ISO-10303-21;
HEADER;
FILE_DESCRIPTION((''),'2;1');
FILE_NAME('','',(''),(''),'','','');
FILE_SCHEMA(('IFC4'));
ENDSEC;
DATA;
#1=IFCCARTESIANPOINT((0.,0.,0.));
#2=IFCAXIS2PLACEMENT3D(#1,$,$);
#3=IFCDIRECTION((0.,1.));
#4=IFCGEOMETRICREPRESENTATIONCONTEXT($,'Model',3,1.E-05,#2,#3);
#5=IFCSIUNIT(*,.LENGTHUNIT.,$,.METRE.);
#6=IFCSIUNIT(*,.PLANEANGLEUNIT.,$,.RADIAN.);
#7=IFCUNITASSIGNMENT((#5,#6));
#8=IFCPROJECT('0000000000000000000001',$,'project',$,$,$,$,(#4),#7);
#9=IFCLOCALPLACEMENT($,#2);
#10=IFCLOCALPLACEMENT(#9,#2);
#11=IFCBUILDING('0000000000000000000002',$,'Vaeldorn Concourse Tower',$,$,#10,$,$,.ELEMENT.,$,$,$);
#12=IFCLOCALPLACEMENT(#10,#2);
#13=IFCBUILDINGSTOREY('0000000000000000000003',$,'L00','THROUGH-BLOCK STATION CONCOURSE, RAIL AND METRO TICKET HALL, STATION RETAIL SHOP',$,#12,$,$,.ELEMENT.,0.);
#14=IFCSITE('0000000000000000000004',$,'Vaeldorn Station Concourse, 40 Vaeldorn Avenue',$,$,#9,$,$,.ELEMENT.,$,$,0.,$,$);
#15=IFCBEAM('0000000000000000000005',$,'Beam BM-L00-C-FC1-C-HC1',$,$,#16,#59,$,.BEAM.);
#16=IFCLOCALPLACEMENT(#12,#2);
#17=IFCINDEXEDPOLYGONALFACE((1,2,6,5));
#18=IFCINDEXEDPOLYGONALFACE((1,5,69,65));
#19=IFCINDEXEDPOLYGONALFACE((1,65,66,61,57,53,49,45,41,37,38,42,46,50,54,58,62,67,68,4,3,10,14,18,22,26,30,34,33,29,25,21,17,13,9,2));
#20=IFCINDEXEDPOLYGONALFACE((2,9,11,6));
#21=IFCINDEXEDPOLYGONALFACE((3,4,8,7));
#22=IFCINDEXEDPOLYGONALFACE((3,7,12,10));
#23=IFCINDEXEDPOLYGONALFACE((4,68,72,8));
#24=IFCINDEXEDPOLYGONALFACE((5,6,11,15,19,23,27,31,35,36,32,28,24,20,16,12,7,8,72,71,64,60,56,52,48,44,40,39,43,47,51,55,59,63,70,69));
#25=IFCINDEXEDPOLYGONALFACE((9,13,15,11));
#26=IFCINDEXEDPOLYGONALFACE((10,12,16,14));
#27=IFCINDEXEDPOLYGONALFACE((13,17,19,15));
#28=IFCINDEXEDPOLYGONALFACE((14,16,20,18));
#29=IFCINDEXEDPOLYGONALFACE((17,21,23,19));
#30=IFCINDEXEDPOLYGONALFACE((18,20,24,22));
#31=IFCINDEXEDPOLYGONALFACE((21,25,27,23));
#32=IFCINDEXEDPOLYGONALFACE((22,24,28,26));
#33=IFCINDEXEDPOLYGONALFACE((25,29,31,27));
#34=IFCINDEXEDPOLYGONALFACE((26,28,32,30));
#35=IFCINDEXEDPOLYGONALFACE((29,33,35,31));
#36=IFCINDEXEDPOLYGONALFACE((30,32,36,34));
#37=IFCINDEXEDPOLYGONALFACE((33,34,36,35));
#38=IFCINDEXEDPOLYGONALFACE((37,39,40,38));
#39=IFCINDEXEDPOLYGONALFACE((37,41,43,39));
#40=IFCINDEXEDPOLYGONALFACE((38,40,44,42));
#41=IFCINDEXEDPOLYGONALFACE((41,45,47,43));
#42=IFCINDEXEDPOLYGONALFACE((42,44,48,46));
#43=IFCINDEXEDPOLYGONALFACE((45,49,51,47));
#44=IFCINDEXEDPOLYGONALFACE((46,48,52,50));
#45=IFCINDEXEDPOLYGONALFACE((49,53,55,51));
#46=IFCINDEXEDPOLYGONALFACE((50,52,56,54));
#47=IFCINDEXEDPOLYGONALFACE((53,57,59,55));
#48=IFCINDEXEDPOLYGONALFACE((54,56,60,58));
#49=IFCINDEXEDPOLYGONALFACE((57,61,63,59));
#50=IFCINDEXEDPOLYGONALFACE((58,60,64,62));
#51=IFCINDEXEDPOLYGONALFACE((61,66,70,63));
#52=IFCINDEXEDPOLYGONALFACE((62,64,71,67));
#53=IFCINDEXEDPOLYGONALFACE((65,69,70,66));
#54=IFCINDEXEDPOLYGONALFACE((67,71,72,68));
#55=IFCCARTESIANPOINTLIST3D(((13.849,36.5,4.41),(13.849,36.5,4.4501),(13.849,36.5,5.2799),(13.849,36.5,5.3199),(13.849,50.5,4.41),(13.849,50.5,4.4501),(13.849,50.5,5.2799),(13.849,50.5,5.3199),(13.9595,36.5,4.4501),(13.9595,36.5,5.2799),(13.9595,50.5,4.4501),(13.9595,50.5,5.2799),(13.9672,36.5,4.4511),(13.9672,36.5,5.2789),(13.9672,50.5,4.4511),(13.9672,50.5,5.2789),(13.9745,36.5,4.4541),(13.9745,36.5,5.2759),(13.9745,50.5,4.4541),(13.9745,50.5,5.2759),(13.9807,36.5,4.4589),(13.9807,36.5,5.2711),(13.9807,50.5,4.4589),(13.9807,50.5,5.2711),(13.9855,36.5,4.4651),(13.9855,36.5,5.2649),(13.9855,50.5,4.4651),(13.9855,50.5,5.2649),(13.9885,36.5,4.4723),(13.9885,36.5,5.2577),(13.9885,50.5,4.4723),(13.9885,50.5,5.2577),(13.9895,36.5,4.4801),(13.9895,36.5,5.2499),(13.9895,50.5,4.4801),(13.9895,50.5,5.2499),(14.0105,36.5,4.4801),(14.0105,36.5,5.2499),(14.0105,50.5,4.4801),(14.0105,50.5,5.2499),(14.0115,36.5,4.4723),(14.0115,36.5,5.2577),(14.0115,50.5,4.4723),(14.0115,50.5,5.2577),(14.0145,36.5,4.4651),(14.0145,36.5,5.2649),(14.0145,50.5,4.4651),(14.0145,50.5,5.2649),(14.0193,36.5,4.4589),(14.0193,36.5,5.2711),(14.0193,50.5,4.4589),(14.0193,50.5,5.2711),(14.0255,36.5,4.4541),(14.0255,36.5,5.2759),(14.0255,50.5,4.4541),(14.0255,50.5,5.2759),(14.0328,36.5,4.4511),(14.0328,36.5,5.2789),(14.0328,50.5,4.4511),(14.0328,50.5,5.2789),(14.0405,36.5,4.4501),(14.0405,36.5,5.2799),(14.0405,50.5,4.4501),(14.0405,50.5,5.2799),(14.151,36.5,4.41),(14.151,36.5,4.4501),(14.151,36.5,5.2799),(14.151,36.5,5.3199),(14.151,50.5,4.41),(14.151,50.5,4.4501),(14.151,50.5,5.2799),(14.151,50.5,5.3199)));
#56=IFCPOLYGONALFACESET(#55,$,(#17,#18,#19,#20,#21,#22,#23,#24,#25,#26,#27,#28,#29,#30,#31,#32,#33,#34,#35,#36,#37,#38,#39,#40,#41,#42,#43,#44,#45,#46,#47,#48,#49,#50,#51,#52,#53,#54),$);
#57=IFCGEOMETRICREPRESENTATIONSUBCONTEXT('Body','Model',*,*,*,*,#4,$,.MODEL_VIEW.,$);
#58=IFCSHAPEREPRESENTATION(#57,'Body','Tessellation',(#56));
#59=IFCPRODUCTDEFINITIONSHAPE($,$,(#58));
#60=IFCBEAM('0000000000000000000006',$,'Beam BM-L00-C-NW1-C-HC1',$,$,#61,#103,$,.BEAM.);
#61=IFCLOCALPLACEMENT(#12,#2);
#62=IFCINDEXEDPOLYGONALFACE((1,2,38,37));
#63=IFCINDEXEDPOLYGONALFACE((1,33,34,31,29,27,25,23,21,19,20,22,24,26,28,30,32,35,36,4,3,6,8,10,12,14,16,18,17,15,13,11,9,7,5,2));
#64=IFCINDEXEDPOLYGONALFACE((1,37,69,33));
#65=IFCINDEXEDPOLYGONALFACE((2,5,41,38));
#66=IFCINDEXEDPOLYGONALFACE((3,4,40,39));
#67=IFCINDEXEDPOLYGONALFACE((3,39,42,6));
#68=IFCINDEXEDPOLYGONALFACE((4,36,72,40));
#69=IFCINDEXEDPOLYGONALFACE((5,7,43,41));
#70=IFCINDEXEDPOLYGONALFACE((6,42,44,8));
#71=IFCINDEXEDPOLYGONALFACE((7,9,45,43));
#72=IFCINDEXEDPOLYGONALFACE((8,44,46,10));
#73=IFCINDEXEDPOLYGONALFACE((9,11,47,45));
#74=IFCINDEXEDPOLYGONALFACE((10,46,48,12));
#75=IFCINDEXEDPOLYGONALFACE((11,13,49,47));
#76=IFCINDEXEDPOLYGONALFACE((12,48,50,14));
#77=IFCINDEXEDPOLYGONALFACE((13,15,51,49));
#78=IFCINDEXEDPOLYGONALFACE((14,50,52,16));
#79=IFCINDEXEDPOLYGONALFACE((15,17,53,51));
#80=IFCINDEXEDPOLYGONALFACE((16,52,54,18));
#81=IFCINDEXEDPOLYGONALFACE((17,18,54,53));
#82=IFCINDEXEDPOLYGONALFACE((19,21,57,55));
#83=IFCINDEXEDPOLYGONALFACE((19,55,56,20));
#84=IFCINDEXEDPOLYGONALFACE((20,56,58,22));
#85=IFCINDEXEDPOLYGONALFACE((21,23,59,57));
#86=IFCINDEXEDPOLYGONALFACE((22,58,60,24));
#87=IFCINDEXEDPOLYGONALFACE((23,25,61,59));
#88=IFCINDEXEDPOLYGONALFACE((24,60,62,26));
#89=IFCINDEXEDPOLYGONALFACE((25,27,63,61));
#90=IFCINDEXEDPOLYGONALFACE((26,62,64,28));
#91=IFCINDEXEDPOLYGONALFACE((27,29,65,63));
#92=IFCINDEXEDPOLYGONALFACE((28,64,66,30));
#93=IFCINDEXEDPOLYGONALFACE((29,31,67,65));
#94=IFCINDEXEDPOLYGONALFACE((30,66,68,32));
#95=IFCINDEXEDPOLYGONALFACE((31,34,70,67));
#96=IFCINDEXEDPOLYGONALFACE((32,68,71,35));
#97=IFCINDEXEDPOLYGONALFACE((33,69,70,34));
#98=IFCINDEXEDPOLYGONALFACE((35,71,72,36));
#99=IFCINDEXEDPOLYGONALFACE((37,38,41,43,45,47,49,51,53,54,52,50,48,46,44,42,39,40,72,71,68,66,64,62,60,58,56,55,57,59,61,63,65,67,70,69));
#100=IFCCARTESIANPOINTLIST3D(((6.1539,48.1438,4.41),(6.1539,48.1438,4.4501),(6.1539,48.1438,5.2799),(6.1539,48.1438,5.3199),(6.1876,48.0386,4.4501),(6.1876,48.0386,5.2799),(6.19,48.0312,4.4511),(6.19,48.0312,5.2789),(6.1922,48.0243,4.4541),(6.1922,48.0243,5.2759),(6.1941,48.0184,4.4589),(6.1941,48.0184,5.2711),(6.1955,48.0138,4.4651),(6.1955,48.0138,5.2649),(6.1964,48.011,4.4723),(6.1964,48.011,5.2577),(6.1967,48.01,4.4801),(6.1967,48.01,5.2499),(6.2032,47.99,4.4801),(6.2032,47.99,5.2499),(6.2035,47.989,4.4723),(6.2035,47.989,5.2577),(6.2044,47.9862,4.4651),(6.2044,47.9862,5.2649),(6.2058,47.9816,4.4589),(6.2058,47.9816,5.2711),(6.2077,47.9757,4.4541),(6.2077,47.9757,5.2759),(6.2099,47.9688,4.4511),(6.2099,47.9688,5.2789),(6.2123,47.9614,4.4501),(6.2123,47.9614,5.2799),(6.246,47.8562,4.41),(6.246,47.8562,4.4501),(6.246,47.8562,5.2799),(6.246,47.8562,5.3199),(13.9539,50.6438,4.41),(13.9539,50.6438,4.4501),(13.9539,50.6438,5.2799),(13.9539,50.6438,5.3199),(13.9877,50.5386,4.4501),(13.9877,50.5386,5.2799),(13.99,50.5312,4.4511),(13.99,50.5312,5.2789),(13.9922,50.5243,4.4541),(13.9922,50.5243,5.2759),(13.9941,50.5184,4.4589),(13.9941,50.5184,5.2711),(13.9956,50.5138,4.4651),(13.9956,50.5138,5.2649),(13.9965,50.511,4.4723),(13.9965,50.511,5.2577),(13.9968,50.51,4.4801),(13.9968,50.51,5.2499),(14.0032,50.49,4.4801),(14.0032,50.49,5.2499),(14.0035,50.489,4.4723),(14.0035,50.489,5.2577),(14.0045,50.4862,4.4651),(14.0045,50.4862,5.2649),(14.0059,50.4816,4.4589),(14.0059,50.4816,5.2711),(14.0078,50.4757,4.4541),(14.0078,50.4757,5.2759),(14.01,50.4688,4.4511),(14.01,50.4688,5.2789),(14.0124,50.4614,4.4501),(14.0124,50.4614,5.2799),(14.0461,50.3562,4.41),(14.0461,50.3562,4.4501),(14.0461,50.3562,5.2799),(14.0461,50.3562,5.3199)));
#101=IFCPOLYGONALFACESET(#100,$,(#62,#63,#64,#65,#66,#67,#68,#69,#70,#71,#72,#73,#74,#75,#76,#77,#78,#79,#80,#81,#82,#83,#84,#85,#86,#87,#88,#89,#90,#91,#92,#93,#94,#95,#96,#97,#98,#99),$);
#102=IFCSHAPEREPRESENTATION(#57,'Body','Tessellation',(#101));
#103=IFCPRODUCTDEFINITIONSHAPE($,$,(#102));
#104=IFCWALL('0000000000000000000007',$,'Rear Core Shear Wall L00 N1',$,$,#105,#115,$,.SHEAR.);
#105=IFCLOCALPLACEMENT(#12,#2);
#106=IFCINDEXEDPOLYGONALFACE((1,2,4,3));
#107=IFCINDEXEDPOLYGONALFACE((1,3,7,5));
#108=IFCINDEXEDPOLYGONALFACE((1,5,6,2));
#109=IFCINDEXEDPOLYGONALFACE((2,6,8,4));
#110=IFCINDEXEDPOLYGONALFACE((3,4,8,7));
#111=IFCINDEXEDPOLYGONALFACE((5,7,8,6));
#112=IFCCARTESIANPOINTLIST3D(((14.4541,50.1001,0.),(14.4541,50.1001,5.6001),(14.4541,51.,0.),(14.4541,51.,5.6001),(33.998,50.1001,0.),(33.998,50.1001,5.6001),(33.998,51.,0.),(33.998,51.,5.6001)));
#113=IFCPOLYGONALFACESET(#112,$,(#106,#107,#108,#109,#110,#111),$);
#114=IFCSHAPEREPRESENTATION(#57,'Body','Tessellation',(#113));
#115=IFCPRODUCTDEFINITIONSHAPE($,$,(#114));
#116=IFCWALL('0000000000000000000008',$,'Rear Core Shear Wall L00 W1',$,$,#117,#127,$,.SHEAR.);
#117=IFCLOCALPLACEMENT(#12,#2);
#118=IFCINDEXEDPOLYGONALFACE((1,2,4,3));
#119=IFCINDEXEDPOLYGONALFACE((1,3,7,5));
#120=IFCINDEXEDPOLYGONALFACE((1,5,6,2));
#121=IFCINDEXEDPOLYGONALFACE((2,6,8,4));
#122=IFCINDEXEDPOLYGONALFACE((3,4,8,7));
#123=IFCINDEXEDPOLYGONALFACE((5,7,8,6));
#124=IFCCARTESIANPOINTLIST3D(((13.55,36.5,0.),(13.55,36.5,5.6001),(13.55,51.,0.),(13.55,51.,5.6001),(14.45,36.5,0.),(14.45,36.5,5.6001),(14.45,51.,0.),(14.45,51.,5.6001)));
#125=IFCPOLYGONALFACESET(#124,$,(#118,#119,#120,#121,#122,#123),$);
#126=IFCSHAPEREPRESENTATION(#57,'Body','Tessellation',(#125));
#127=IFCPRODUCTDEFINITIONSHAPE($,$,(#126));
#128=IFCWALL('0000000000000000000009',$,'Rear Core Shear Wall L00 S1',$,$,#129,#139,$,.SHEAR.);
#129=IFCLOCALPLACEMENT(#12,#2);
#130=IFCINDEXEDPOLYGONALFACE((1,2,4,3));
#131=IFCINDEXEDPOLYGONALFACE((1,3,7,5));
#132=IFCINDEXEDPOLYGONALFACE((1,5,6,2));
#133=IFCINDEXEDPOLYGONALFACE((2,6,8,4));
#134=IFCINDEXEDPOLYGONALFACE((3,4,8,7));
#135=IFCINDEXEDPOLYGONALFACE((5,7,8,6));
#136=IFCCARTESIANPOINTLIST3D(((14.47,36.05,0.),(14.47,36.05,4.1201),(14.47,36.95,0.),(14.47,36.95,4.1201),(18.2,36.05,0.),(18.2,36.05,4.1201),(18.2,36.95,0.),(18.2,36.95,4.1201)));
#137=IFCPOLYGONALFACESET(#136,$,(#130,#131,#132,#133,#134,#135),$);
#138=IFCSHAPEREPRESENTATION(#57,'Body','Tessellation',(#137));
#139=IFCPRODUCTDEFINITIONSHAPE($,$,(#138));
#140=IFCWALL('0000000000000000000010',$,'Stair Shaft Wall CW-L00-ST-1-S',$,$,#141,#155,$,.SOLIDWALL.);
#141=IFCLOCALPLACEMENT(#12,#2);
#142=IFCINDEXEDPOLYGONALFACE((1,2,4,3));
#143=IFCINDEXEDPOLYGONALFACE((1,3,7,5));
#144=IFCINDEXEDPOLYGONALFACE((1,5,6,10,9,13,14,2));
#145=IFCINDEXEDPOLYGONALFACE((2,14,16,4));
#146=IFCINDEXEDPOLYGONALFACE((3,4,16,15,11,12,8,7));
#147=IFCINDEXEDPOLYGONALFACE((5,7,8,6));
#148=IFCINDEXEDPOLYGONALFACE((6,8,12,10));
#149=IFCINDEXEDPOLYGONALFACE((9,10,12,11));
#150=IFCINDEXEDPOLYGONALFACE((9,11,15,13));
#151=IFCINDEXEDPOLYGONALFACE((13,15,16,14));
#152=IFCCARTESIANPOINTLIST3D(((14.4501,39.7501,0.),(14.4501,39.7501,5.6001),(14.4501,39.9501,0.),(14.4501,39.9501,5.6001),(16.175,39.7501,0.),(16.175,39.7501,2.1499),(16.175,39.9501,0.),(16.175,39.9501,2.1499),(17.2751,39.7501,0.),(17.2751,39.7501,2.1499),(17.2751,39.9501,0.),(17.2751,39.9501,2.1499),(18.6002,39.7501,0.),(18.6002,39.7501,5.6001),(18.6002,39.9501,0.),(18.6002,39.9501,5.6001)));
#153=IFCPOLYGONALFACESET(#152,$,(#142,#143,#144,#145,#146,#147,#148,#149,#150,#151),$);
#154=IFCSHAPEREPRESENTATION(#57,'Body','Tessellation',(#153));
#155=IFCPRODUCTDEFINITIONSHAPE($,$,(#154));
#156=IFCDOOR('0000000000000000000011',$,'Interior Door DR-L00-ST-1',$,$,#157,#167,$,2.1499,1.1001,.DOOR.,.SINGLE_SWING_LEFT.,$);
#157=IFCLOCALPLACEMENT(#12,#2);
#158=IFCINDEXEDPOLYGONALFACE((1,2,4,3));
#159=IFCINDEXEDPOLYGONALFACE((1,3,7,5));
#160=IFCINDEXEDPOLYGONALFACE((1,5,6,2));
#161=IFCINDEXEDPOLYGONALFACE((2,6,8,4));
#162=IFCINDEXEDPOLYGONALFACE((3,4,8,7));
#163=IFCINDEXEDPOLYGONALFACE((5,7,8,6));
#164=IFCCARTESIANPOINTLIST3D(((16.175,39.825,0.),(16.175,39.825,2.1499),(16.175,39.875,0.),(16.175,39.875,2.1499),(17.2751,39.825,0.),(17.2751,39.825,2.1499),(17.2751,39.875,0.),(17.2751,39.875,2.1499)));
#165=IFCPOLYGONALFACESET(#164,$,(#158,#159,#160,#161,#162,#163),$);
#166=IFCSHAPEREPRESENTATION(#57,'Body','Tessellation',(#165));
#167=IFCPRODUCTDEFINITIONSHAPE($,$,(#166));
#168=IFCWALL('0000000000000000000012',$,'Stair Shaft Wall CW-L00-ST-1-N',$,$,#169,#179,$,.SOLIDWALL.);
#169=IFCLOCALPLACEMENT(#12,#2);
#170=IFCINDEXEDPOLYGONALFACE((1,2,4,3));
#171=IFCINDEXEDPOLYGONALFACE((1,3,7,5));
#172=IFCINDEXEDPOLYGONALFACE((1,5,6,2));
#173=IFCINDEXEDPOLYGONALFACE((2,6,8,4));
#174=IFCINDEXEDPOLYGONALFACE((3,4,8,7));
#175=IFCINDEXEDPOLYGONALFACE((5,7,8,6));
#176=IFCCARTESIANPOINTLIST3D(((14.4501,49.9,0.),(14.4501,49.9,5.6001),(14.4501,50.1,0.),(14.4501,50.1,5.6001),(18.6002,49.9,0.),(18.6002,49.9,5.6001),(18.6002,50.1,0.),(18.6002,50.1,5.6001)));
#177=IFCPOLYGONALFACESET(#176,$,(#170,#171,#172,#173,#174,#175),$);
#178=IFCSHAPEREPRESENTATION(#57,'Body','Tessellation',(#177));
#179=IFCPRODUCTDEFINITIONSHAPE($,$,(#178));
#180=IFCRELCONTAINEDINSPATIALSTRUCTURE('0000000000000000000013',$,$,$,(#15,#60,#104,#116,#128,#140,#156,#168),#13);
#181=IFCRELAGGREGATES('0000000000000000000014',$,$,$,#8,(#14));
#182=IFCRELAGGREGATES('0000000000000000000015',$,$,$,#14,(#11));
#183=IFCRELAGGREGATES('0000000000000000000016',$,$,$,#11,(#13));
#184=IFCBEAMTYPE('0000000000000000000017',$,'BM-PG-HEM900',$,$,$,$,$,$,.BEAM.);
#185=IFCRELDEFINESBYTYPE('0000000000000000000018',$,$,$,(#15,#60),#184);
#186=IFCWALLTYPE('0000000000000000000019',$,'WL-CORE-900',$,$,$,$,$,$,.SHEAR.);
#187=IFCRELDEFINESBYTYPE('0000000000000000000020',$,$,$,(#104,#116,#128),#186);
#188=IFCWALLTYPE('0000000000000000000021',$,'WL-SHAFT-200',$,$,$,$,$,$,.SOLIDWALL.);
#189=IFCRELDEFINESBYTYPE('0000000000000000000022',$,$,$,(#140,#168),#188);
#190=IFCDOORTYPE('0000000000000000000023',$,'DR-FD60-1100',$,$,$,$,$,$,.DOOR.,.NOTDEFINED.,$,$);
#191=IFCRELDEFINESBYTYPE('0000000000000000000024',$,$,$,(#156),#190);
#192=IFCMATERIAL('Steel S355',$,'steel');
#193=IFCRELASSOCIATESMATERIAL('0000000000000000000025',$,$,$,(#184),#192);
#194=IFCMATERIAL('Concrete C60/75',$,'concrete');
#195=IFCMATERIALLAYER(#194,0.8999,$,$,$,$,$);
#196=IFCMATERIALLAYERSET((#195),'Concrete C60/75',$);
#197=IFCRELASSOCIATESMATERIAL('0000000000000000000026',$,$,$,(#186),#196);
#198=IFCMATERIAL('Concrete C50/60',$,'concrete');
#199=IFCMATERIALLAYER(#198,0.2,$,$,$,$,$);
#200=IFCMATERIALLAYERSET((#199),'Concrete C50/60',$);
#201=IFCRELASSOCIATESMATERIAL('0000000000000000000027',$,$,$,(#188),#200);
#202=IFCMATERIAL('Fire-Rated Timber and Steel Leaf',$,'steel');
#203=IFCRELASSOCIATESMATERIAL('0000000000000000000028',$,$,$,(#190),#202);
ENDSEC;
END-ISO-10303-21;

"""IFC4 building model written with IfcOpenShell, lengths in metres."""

from ifc_helpers import new_model, si_unit, direction, frame, frame_2d, origin, origin_2d, place, context, subcontext, project, spatial, rectangle, i_section, extrude, source, transform, mapped, material, layer, layer_set, material_profile, profile_set, type_object, element, fill, save


model = new_model("IFC4")

# Units and contexts
model_context = context("Model", 3, precision=1e-05, world=origin(), true_north=direction((0.0, 1.0)))
body_context = subcontext(model_context, "Body", "Model", "MODEL_VIEW")
ifc_project = project(units=[si_unit("LENGTHUNIT", "METRE"), si_unit("PLANEANGLEUNIT", "RADIAN")], contexts=[model_context])

# Site, building, storey
site_placement = place(None, origin())
site = spatial("IfcSite", under=ifc_project, at=site_placement, Name="Vaeldorn Station Concourse, 40 Vaeldorn Avenue", CompositionType="ELEMENT", RefElevation=0.0)
building_placement = place(site_placement, origin())
building = spatial("IfcBuilding", under=site, at=building_placement, Name="Vaeldorn Concourse Tower", CompositionType="ELEMENT")
storey_placement = place(building_placement, origin())
storey = spatial("IfcBuildingStorey", under=building, at=storey_placement, Name="L00", Description="THROUGH-BLOCK STATION CONCOURSE, RAIL AND METRO TICKET HALL, STATION RETAIL SHOP", CompositionType="ELEMENT", Elevation=0.0)

# Beams
ifc_material_1 = material(Name="Concrete C60/75", Category="concrete")
ifc_material_2 = material(Name="Steel S355", Category="steel")
ifc_material_profile_1 = material_profile(ifc_material_2, i_section(OverallWidth=0.302, OverallDepth=0.9099, WebThickness=0.021, FlangeThickness=0.04, FilletRadius=0.03, at=origin_2d()), Name="HEM 900")
ifc_profile_set_1 = profile_set([ifc_material_profile_1], Name="Steel S355")
beam_type_1 = type_object("IfcBeamType", Name="BM-PG-HEM900", PredefinedType="BEAM", material=ifc_profile_set_1)
shared_shape_1 = source(origin(), body_context, "Body", "SweptSolid", [
    extrude(i_section(OverallWidth=0.302, OverallDepth=0.9099, WebThickness=0.021, FlangeThickness=0.04, FilletRadius=0.03, at=origin_2d()), origin(), (0.0, 0.0, 1.0), 14.0),
])
beam_1_placement = place(storey_placement, frame((14.0, 36.5, 4.865), z_axis=(0.0, 1.0, 0.0), x_axis=(-1.0, 0.0, 0.0)))
element("IfcBeam", 1, at=beam_1_placement, inside=storey, type_object=beam_type_1, Name="Beam BM-L00-C-FC1-C-HC1", PredefinedType="BEAM", context=body_context, shape_type="MappedRepresentation", body=[
    mapped(shared_shape_1, transform((0.0, 0.0, 0.0), scale=1.0)),
])
shared_shape_2 = source(origin(), body_context, "Body", "SweptSolid", [
    extrude(i_section(OverallWidth=0.302, OverallDepth=0.9099, WebThickness=0.021, FlangeThickness=0.04, FilletRadius=0.03, at=origin_2d()), origin(), (0.0, 0.0, 1.0), 8.1909),
])
beam_2_placement = place(storey_placement, frame((6.2, 48.0, 4.865), z_axis=(0.952283, 0.305217, 0.0), x_axis=(-0.305217, 0.952283, 0.0)))
element("IfcBeam", 2, at=beam_2_placement, inside=storey, type_object=beam_type_1, Name="Beam BM-L00-C-NW1-C-HC1", PredefinedType="BEAM", context=body_context, shape_type="MappedRepresentation", body=[
    mapped(shared_shape_2, transform((0.0, 0.0, 0.0), scale=1.0)),
])

# Walls
ifc_layer_1 = layer(ifc_material_1, 0.8999)
ifc_layer_set_1 = layer_set([ifc_layer_1], Name="Concrete C60/75")
wall_type_1 = type_object("IfcWallType", Name="WL-CORE-900", PredefinedType="SHEAR", material=ifc_layer_set_1)
wall_1_placement = place(storey_placement, frame((14.4541, 50.55, 0.0), z_axis=(0.0, 0.0, 1.0), x_axis=(1.0, 0.0, 0.0)))
element("IfcWall", 3, at=wall_1_placement, inside=storey, type_object=wall_type_1, Name="Rear Core Shear Wall L00 N1", PredefinedType="SHEAR", context=body_context, shape_type="SweptSolid", body=[
    extrude(rectangle(XDim=19.5439, YDim=0.8999, at=frame_2d((9.772, 0.0))), origin(), (0.0, 0.0, 1.0), 5.6001),
])
wall_2_placement = place(storey_placement, frame((14.0, 36.5, 0.0), z_axis=(0.0, 0.0, 1.0), x_axis=(0.0, 1.0, 0.0)))
element("IfcWall", 4, at=wall_2_placement, inside=storey, type_object=wall_type_1, Name="Rear Core Shear Wall L00 W1", PredefinedType="SHEAR", context=body_context, shape_type="SweptSolid", body=[
    extrude(rectangle(XDim=14.5, YDim=0.8999, at=frame_2d((7.25, 0.0))), origin(), (0.0, 0.0, 1.0), 5.6001),
])
wall_3_placement = place(storey_placement, frame((14.47, 36.5, 0.0), z_axis=(0.0, 0.0, 1.0), x_axis=(1.0, 0.0, 0.0)))
element("IfcWall", 5, at=wall_3_placement, inside=storey, type_object=wall_type_1, Name="Rear Core Shear Wall L00 S1", PredefinedType="SHEAR", context=body_context, shape_type="SweptSolid", body=[
    extrude(rectangle(XDim=3.73, YDim=0.8999, at=frame_2d((1.865, 0.0))), origin(), (0.0, 0.0, 1.0), 4.1201),
])

# Wall, opening, door
ifc_material_3 = material(Name="Concrete C50/60", Category="concrete")
ifc_layer_2 = layer(ifc_material_3, 0.2)
ifc_layer_set_2 = layer_set([ifc_layer_2], Name="Concrete C50/60")
wall_type_2 = type_object("IfcWallType", Name="WL-SHAFT-200", PredefinedType="SOLIDWALL", material=ifc_layer_set_2)
wall_4_placement = place(storey_placement, frame((14.45, 39.8501, 0.0), z_axis=(0.0, 0.0, 1.0), x_axis=(1.0, 0.0, 0.0)))
wall_4 = element("IfcWall", 6, at=wall_4_placement, inside=storey, type_object=wall_type_2, Name="Stair Shaft Wall CW-L00-ST-1-S", PredefinedType="SOLIDWALL", context=body_context, shape_type="SweptSolid", body=[
    extrude(rectangle(XDim=4.1501, YDim=0.2, at=frame_2d((2.0752, 0.0))), origin(), (0.0, 0.0, 1.0), 5.6001),
])
opening_1_placement = place(wall_4_placement, frame((1.7251, 0.0, 0.0)))
opening_1 = element("IfcOpeningElement", 7, at=opening_1_placement, cuts=wall_4, PredefinedType="OPENING", context=body_context, shape_type="SweptSolid", body=[
    extrude(rectangle(XDim=1.1001, YDim=2.1499, at=frame_2d((0.55, 1.075))), frame((0.0, 0.1099, 0.0), z_axis=(0.0, -1.0, 0.0), x_axis=(1.0, 0.0, 0.0)), (0.0, 0.0, 1.0), 0.22),
])
ifc_material_4 = material(Name="Fire-Rated Timber and Steel Leaf", Category="steel")
door_type = type_object("IfcDoorType", Name="DR-FD60-1100", OperationType="NOTDEFINED", PredefinedType="DOOR", material=ifc_material_4)
shared_shape_3 = source(origin(), body_context, "Body", "SweptSolid", [
    extrude(rectangle(XDim=1.1001, YDim=2.1499, at=frame_2d((0.55, 1.075))), frame((0.0, 0.0249, 0.0), z_axis=(0.0, -1.0, 0.0), x_axis=(1.0, 0.0, 0.0)), (0.0, 0.0, 1.0), 0.05),
])
door_1_placement = place(opening_1_placement, origin())
door_1 = element("IfcDoor", 8, at=door_1_placement, inside=storey, type_object=door_type, Name="Interior Door DR-L00-ST-1", OperationType="SINGLE_SWING_LEFT", OverallHeight=2.1499, OverallWidth=1.1001, PredefinedType="DOOR", context=body_context, shape_type="MappedRepresentation", body=[
    mapped(shared_shape_3, transform((0.0, 0.0, 0.0), scale=1.0)),
])
fill(opening_1, door_1)

# Wall
wall_5_placement = place(storey_placement, frame((14.45, 50.0, 0.0), z_axis=(0.0, 0.0, 1.0), x_axis=(1.0, 0.0, 0.0)))
element("IfcWall", 9, at=wall_5_placement, inside=storey, type_object=wall_type_2, Name="Stair Shaft Wall CW-L00-ST-1-N", PredefinedType="SOLIDWALL", context=body_context, shape_type="SweptSolid", body=[
    extrude(rectangle(XDim=4.1501, YDim=0.2, at=frame_2d((2.0752, 0.0))), origin(), (0.0, 0.0, 1.0), 5.6001),
])

save(model, "model.ifc")
